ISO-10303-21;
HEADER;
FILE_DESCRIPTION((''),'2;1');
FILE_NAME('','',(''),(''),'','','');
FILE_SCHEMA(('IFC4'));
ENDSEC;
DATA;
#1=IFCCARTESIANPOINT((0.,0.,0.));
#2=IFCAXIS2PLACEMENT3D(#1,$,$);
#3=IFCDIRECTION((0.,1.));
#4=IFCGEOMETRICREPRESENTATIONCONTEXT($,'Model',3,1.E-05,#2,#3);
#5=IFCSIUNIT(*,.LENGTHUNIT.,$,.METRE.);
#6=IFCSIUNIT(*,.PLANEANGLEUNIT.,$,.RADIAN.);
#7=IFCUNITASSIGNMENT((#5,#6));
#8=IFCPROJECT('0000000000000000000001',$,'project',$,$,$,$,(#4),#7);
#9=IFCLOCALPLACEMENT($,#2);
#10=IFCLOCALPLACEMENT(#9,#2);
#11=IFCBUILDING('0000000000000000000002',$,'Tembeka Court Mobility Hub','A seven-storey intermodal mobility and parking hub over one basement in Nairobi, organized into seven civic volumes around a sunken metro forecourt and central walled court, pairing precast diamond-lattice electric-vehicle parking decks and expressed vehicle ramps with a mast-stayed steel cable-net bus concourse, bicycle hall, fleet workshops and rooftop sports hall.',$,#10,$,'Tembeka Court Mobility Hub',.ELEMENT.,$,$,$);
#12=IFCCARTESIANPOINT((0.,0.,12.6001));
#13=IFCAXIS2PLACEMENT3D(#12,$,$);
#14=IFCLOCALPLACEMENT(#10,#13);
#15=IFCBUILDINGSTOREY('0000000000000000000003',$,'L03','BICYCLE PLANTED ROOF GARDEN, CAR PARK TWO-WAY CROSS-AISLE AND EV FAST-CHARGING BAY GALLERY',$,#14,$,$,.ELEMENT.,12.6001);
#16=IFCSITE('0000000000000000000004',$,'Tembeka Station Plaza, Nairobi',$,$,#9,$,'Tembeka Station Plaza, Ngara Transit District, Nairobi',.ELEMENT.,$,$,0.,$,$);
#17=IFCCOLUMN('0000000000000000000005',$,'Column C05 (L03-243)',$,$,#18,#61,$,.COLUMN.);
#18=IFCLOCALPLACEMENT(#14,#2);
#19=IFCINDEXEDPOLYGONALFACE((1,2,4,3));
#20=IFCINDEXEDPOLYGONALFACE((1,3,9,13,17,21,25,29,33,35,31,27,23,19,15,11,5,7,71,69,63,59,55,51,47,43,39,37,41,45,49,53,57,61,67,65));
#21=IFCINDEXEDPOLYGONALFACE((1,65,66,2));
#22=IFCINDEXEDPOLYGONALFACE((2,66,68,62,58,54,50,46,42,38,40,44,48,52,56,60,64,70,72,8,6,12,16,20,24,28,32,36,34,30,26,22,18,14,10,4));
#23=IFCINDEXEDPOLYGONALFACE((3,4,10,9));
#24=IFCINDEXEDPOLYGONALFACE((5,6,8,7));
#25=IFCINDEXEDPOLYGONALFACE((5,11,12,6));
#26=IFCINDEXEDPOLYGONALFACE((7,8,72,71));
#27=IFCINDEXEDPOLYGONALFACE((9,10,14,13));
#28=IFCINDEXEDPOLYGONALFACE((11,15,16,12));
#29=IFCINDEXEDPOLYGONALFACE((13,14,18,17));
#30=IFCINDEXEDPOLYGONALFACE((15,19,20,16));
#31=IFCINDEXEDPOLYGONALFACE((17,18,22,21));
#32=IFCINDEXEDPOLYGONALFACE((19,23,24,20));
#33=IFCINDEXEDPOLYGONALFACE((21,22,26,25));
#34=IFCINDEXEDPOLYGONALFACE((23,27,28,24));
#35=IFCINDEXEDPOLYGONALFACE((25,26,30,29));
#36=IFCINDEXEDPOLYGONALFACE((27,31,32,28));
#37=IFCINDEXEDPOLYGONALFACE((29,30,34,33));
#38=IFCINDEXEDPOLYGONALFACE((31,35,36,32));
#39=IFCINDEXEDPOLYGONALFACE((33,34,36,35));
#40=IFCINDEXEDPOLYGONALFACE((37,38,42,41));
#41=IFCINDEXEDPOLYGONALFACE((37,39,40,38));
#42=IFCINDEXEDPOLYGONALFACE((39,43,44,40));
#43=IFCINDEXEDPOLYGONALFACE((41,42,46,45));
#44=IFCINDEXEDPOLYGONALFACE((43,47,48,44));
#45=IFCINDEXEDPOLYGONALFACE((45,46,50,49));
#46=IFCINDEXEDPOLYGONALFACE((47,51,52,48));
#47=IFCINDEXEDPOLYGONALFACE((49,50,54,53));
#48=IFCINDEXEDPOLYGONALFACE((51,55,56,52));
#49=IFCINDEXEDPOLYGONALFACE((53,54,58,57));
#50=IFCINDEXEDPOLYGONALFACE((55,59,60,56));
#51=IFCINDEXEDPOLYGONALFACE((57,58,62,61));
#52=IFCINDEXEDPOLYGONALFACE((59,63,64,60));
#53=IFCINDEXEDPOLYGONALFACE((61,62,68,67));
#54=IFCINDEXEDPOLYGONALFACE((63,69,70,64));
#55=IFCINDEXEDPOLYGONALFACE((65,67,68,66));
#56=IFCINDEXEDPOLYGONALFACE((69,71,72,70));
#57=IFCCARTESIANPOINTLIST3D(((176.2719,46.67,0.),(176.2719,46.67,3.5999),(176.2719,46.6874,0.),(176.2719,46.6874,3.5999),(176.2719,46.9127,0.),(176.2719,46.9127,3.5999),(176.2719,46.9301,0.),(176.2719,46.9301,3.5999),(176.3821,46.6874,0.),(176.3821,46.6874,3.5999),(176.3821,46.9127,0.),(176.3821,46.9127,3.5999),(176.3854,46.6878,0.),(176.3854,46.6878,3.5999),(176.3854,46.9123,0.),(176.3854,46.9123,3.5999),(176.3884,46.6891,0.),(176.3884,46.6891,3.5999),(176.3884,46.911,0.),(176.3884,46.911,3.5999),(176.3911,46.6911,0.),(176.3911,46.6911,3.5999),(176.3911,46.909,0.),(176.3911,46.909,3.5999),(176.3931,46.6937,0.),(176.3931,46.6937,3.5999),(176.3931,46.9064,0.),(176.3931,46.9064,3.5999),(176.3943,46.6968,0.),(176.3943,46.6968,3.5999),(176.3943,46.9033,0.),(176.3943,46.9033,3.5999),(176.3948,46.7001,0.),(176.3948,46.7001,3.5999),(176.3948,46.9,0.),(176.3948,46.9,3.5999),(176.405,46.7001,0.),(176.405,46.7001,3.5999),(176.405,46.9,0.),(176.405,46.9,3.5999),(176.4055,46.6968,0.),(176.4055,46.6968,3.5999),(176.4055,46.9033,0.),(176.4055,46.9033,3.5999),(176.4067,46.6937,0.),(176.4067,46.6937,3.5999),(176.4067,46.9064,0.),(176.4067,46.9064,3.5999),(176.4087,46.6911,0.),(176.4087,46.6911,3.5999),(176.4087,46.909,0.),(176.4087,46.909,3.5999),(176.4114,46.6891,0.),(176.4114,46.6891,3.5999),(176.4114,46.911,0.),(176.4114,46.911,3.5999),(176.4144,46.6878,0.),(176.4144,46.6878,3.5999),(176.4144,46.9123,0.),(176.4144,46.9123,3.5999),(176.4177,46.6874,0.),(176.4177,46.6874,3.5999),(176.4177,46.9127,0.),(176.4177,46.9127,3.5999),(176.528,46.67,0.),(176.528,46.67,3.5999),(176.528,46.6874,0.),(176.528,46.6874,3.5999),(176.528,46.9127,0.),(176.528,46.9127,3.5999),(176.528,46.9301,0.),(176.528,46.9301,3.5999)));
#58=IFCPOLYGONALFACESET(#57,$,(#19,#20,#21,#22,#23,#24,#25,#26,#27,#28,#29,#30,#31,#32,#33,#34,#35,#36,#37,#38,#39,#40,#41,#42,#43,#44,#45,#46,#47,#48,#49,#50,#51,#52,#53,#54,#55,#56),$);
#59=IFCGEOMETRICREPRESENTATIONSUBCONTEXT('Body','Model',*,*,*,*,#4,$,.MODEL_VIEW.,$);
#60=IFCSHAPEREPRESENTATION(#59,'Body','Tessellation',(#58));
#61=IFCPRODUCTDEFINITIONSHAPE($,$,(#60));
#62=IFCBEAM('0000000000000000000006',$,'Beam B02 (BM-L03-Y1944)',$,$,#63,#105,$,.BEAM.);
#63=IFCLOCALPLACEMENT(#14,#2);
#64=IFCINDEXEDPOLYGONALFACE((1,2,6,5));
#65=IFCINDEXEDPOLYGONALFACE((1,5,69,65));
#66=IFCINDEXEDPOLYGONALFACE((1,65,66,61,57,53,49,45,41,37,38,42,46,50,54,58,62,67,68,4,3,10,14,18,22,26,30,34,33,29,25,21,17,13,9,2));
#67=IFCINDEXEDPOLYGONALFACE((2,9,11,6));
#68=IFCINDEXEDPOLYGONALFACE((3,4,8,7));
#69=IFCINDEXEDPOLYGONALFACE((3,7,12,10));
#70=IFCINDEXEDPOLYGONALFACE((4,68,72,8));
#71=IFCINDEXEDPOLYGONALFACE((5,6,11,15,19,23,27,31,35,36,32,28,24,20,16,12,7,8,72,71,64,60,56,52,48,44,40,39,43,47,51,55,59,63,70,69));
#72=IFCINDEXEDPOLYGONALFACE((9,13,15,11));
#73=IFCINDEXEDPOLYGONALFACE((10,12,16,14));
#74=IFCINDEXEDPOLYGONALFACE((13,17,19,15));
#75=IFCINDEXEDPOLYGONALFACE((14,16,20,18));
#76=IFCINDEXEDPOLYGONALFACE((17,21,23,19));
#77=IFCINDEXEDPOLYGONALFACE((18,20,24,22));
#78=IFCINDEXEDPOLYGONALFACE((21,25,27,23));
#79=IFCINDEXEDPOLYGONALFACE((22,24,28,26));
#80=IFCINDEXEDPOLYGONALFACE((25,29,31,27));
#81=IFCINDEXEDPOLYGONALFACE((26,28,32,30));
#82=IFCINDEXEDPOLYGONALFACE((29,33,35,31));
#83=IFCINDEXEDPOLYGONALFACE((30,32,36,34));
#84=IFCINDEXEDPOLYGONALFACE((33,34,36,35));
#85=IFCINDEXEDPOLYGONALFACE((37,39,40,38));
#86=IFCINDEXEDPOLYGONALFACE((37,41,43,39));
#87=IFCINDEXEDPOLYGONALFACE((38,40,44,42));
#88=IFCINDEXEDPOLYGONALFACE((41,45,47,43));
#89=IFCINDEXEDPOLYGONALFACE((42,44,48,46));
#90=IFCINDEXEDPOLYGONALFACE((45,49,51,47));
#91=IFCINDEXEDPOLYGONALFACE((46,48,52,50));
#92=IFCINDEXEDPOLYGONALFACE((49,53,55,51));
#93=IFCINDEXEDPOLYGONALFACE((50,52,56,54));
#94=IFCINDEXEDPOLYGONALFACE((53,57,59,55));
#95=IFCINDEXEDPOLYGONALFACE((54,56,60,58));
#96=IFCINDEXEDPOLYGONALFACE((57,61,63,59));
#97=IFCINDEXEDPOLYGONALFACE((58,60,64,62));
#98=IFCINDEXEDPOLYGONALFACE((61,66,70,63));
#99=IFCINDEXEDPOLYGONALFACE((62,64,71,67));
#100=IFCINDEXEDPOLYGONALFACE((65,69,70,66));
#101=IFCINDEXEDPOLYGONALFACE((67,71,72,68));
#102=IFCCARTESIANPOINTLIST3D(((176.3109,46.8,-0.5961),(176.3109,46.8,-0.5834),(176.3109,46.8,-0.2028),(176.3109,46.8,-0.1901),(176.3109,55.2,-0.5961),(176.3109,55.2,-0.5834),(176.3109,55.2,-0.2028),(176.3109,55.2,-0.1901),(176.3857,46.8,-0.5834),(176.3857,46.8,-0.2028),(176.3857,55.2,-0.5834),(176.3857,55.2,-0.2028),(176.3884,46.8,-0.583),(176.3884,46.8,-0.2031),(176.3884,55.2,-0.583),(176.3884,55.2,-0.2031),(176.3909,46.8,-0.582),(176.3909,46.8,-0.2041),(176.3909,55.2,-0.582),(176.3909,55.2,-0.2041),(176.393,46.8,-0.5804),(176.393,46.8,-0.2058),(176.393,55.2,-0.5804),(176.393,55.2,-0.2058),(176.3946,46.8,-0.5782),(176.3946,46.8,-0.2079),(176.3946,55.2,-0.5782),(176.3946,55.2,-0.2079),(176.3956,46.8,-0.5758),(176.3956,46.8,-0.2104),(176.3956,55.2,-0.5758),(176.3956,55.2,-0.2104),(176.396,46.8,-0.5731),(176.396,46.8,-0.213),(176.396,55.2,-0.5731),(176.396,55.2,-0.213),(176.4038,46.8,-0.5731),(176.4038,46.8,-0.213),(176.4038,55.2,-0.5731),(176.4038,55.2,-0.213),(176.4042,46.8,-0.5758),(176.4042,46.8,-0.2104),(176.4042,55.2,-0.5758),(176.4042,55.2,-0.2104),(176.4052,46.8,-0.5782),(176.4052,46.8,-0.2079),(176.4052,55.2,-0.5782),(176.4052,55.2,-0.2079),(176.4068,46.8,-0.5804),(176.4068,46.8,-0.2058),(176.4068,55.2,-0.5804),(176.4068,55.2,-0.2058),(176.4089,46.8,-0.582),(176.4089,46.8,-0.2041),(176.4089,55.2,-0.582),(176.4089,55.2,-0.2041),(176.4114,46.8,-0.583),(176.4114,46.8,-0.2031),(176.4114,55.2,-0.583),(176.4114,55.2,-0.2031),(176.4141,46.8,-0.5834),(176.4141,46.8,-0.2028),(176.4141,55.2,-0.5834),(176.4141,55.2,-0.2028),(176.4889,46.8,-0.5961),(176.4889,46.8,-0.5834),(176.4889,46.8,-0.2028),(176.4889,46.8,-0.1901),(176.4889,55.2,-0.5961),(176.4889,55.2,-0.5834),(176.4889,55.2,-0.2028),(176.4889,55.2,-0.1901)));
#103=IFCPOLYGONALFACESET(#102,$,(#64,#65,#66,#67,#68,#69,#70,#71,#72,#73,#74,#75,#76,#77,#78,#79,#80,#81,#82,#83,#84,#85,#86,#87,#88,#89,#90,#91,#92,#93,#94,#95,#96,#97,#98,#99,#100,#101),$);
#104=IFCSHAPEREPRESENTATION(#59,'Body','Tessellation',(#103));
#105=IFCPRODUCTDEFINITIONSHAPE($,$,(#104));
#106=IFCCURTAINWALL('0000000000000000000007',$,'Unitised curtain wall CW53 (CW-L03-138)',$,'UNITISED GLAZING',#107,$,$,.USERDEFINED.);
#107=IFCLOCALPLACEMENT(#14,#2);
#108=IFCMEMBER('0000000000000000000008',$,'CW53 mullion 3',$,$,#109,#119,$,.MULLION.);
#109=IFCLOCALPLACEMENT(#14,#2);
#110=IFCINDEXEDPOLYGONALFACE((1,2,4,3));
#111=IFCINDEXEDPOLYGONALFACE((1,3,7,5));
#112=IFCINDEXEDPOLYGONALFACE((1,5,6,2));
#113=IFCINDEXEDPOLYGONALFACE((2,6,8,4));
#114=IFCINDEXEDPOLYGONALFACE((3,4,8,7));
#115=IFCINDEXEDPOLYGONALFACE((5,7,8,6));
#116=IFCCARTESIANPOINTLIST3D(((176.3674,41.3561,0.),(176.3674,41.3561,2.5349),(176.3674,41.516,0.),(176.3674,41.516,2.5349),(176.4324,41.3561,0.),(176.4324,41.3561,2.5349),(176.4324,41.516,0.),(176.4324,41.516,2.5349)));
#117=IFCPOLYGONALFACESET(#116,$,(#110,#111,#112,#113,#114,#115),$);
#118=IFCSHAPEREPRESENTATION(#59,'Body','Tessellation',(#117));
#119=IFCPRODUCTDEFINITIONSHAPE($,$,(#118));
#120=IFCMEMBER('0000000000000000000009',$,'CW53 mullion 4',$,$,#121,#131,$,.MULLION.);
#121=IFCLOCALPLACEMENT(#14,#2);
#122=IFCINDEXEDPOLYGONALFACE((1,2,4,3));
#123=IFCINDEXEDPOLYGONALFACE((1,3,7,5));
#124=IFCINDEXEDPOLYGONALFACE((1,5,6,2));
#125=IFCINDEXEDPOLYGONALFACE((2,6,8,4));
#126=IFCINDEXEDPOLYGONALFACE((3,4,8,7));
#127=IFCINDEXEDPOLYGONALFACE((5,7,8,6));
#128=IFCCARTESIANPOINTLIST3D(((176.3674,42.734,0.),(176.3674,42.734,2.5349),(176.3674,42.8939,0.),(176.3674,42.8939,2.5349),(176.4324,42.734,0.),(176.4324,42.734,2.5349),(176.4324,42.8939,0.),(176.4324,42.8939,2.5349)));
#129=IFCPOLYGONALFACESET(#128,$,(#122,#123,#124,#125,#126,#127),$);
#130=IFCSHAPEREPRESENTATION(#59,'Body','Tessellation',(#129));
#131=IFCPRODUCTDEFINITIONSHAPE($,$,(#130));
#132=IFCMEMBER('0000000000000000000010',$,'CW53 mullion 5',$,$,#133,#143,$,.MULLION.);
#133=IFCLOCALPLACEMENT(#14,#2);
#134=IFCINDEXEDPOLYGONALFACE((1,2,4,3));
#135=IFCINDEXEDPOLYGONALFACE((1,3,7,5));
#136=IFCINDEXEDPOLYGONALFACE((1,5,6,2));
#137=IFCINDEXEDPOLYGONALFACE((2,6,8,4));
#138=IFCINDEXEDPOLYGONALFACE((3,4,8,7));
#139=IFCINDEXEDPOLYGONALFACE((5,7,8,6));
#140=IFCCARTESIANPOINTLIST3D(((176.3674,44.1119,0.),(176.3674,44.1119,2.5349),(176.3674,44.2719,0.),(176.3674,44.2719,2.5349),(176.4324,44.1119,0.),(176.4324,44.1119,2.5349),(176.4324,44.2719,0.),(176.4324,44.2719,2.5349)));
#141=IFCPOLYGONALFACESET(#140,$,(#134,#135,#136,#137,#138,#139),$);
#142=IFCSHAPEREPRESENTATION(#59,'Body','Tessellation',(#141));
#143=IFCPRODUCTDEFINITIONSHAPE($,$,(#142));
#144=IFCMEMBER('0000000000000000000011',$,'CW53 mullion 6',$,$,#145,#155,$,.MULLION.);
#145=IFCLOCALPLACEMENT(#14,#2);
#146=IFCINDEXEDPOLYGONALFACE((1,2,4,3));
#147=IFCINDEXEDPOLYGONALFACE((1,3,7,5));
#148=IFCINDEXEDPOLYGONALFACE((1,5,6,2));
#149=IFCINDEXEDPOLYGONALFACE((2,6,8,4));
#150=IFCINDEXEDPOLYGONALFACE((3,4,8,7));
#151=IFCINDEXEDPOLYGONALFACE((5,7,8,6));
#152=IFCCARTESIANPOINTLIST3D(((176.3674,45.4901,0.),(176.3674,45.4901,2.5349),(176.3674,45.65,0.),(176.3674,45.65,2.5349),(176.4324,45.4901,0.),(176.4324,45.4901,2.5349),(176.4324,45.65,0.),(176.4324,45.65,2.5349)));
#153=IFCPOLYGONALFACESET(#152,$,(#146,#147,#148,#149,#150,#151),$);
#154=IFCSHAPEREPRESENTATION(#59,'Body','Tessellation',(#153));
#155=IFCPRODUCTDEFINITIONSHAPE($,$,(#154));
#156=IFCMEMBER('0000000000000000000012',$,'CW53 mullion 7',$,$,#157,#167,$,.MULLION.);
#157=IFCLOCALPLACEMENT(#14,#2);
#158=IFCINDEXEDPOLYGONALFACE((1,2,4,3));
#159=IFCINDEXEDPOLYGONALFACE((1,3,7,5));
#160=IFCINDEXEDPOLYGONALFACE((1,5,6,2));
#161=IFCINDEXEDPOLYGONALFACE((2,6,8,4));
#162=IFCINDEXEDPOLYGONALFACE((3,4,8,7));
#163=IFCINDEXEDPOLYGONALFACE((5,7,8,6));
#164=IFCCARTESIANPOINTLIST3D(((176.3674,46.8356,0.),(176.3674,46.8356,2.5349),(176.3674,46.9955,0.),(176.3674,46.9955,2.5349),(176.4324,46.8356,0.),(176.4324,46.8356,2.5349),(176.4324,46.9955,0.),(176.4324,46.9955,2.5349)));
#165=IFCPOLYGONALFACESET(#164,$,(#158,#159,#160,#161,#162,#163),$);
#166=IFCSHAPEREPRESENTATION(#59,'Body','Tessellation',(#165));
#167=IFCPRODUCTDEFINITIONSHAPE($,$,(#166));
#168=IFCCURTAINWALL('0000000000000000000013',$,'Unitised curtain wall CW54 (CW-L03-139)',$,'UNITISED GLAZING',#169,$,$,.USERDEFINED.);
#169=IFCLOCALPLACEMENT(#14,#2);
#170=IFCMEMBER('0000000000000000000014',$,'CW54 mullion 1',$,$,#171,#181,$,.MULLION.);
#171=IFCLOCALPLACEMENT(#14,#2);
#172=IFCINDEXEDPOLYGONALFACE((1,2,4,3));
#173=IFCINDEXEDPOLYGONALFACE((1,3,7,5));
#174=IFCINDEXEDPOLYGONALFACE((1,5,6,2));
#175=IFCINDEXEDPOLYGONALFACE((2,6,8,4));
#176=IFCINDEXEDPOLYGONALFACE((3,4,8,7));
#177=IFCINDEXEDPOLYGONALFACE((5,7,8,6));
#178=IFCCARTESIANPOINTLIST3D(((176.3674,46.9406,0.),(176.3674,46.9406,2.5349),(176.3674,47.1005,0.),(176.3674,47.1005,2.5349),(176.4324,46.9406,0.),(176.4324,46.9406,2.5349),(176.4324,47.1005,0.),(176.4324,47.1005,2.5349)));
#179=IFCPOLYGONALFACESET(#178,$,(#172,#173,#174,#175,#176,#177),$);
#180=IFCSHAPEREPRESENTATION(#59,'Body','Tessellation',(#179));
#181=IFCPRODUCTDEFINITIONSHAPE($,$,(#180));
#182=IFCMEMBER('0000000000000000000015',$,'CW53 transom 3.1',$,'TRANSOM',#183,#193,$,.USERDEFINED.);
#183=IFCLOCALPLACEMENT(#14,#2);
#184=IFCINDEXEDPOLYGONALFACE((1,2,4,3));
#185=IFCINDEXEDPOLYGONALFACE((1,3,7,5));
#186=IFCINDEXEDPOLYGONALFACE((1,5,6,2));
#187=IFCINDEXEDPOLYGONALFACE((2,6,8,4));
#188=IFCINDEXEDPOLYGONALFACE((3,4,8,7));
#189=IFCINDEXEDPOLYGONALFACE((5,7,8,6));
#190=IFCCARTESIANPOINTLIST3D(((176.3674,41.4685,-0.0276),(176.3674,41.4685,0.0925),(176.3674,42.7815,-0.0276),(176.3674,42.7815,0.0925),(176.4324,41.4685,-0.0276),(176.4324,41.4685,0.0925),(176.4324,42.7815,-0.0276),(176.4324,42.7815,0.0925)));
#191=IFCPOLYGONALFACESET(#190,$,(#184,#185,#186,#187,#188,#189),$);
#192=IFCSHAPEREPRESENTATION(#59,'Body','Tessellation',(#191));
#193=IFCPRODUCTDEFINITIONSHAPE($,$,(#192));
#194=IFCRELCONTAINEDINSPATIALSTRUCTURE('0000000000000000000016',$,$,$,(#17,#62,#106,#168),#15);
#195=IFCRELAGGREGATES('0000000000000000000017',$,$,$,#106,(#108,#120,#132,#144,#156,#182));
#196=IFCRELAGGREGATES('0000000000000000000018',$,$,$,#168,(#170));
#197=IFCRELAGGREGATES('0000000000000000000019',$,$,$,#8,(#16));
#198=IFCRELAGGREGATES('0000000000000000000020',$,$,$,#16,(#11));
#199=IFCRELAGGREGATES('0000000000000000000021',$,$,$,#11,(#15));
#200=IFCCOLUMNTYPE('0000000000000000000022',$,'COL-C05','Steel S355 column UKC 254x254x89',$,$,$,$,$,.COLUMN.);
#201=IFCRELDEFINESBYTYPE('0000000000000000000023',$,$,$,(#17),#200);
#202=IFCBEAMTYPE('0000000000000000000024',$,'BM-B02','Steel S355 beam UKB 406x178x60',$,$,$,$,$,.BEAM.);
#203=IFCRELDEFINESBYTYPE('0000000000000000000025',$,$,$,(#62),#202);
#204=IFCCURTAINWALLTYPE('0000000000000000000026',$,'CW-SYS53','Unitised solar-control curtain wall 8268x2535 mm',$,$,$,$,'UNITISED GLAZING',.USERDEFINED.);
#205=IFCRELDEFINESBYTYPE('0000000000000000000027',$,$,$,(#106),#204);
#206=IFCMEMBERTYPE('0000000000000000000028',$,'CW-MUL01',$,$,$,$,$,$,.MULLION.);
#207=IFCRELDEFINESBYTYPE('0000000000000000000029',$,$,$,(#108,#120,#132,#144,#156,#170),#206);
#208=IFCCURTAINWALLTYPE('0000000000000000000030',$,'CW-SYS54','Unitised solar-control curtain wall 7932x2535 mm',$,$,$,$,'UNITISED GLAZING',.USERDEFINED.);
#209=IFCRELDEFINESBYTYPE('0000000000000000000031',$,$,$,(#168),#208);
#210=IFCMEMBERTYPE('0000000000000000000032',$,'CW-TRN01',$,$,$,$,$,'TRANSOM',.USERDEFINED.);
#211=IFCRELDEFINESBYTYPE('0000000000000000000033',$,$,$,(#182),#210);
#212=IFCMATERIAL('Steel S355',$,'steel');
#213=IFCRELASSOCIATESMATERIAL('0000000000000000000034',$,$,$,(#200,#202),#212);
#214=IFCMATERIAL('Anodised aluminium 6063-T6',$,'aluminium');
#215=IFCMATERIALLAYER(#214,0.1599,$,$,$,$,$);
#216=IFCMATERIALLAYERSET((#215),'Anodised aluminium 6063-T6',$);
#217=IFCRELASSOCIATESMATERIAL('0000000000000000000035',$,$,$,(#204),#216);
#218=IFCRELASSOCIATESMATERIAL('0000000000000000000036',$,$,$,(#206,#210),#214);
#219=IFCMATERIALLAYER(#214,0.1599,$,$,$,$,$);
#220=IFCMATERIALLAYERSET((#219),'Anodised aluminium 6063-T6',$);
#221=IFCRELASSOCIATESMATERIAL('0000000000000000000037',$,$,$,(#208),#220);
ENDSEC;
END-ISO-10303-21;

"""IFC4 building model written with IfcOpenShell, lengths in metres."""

from ifc_helpers import new_model, si_unit, direction, frame, origin, origin_2d, place, context, subcontext, project, spatial, rectangle, i_section, extrude, material, layer, layer_set, material_profile, profile_set, type_object, element, aggregate, save


model = new_model("IFC4")

# Units and contexts
model_context = context("Model", 3, precision=1e-05, world=origin(), true_north=direction((0.0, 1.0)))
body_context = subcontext(model_context, "Body", "Model", "MODEL_VIEW")
ifc_project = project(units=[si_unit("LENGTHUNIT", "METRE"), si_unit("PLANEANGLEUNIT", "RADIAN")], contexts=[model_context])

# Site, building, storey
site_placement = place(None, origin())
site = spatial("IfcSite", under=ifc_project, at=site_placement, Name="Tembeka Station Plaza, Nairobi", LongName="Tembeka Station Plaza, Ngara Transit District, Nairobi", CompositionType="ELEMENT", RefElevation=0.0)
building_placement = place(site_placement, origin())
building = spatial("IfcBuilding", under=site, at=building_placement, Name="Tembeka Court Mobility Hub", Description="A seven-storey intermodal mobility and parking hub over one basement in Nairobi, organized into seven civic volumes around a sunken metro forecourt and central walled court, pairing precast diamond-lattice electric-vehicle parking decks and expressed vehicle ramps with a mast-stayed steel cable-net bus concourse, bicycle hall, fleet workshops and rooftop sports hall.", LongName="Tembeka Court Mobility Hub", CompositionType="ELEMENT")
storey_placement = place(building_placement, frame((0.0, 0.0, 12.6001)))
storey = spatial("IfcBuildingStorey", under=building, at=storey_placement, Name="L03", Description="BICYCLE PLANTED ROOF GARDEN, CAR PARK TWO-WAY CROSS-AISLE AND EV FAST-CHARGING BAY GALLERY", CompositionType="ELEMENT", Elevation=12.6001)

# Column
ifc_material_1 = material(Name="Steel S355", Category="steel")
ifc_material_profile_1 = material_profile(ifc_material_1, i_section(OverallWidth=0.2561, OverallDepth=0.26, WebThickness=0.0103, FlangeThickness=0.0173, FilletRadius=0.0127, at=origin_2d()), Name="UKC 254x254x89")
ifc_profile_set_1 = profile_set([ifc_material_profile_1], Name="Steel S355")
column_type = type_object("IfcColumnType", Name="COL-C05", Description="Steel S355 column UKC 254x254x89", PredefinedType="COLUMN", material=ifc_profile_set_1)
column_placement = place(storey_placement, frame((176.3999, 46.8, 0.0), z_axis=(0.0, 0.0, 1.0), x_axis=(1.0, 0.0, 0.0)))
element("IfcColumn", 1, at=column_placement, inside=storey, type_object=column_type, Name="Column C05 (L03-243)", PredefinedType="COLUMN", context=body_context, shape_type="SweptSolid", body=[
    extrude(i_section(OverallWidth=0.2561, OverallDepth=0.26, WebThickness=0.0103, FlangeThickness=0.0173, FilletRadius=0.0127, at=origin_2d()), origin(), (0.0, 0.0, 1.0), 3.5999),
])

# Beam
ifc_material_profile_2 = material_profile(ifc_material_1, i_section(OverallWidth=0.178, OverallDepth=0.406, WebThickness=0.0078, FlangeThickness=0.0127, FilletRadius=0.0103, at=origin_2d()), Name="UKB 406x178x60")
ifc_profile_set_2 = profile_set([ifc_material_profile_2], Name="Steel S355")
beam_type = type_object("IfcBeamType", Name="BM-B02", Description="Steel S355 beam UKB 406x178x60", PredefinedType="BEAM", material=ifc_profile_set_2)
beam_placement = place(storey_placement, frame((176.3999, 46.8, -0.3931), z_axis=(0.0, 1.0, 0.0), x_axis=(-1.0, 0.0, 0.0)))
element("IfcBeam", 2, at=beam_placement, inside=storey, type_object=beam_type, Name="Beam B02 (BM-L03-Y1944)", PredefinedType="BEAM", context=body_context, shape_type="SweptSolid", body=[
    extrude(i_section(OverallWidth=0.178, OverallDepth=0.406, WebThickness=0.0078, FlangeThickness=0.0127, FilletRadius=0.0103, at=origin_2d()), origin(), (0.0, 0.0, 1.0), 8.3999),
])

# Curtain wall, members
ifc_material_2 = material(Name="Anodised aluminium 6063-T6", Category="aluminium")
ifc_layer_1 = layer(ifc_material_2, 0.1599)
ifc_layer_set_1 = layer_set([ifc_layer_1], Name="Anodised aluminium 6063-T6")
curtain_wall_type_1 = type_object("IfcCurtainWallType", Name="CW-SYS53", Description="Unitised solar-control curtain wall 8268x2535 mm", ElementType="UNITISED GLAZING", PredefinedType="USERDEFINED", material=ifc_layer_set_1)
curtain_wall_1_placement = place(storey_placement, origin())
curtain_wall_1 = element("IfcCurtainWall", 3, at=curtain_wall_1_placement, inside=storey, type_object=curtain_wall_type_1, Name="Unitised curtain wall CW53 (CW-L03-138)", ObjectType="UNITISED GLAZING", PredefinedType="USERDEFINED")
ifc_material_profile_3 = material_profile(ifc_material_2, rectangle(XDim=0.0649, YDim=0.1599, at=origin_2d()), Name="ALU-MUL 65x160")
ifc_profile_set_3 = profile_set([ifc_material_profile_3], Name="Anodised aluminium 6063-T6")
member_type_1 = type_object("IfcMemberType", Name="CW-MUL01", PredefinedType="MULLION", material=ifc_profile_set_3)
member_1_placement = place(storey_placement, frame((176.3999, 41.436, 0.0), z_axis=(0.0, 0.0, 1.0), x_axis=(-1.0, 0.0, 0.0)))
member_1 = element("IfcMember", 4, at=member_1_placement, type_object=member_type_1, Name="CW53 mullion 3", PredefinedType="MULLION", context=body_context, shape_type="SweptSolid", body=[
    extrude(rectangle(XDim=0.0649, YDim=0.1599, at=origin_2d()), origin(), (0.0, 0.0, 1.0), 2.5349),
])
member_2_placement = place(storey_placement, frame((176.3999, 42.814, 0.0), z_axis=(0.0, 0.0, 1.0), x_axis=(-1.0, 0.0, 0.0)))
member_2 = element("IfcMember", 5, at=member_2_placement, type_object=member_type_1, Name="CW53 mullion 4", PredefinedType="MULLION", context=body_context, shape_type="SweptSolid", body=[
    extrude(rectangle(XDim=0.0649, YDim=0.1599, at=origin_2d()), origin(), (0.0, 0.0, 1.0), 2.5349),
])
member_3_placement = place(storey_placement, frame((176.3999, 44.1919, 0.0), z_axis=(0.0, 0.0, 1.0), x_axis=(-1.0, 0.0, 0.0)))
member_3 = element("IfcMember", 6, at=member_3_placement, type_object=member_type_1, Name="CW53 mullion 5", PredefinedType="MULLION", context=body_context, shape_type="SweptSolid", body=[
    extrude(rectangle(XDim=0.0649, YDim=0.1599, at=origin_2d()), origin(), (0.0, 0.0, 1.0), 2.5349),
])
member_4_placement = place(storey_placement, frame((176.3999, 45.5701, 0.0), z_axis=(0.0, 0.0, 1.0), x_axis=(-1.0, 0.0, 0.0)))
member_4 = element("IfcMember", 7, at=member_4_placement, type_object=member_type_1, Name="CW53 mullion 6", PredefinedType="MULLION", context=body_context, shape_type="SweptSolid", body=[
    extrude(rectangle(XDim=0.0649, YDim=0.1599, at=origin_2d()), origin(), (0.0, 0.0, 1.0), 2.5349),
])
member_5_placement = place(storey_placement, frame((176.3999, 46.9155, 0.0), z_axis=(0.0, 0.0, 1.0), x_axis=(-1.0, 0.0, 0.0)))
member_5 = element("IfcMember", 8, at=member_5_placement, type_object=member_type_1, Name="CW53 mullion 7", PredefinedType="MULLION", context=body_context, shape_type="SweptSolid", body=[
    extrude(rectangle(XDim=0.0649, YDim=0.1599, at=origin_2d()), origin(), (0.0, 0.0, 1.0), 2.5349),
])

# Curtain wall, member
ifc_layer_2 = layer(ifc_material_2, 0.1599)
ifc_layer_set_2 = layer_set([ifc_layer_2], Name="Anodised aluminium 6063-T6")
curtain_wall_type_2 = type_object("IfcCurtainWallType", Name="CW-SYS54", Description="Unitised solar-control curtain wall 7932x2535 mm", ElementType="UNITISED GLAZING", PredefinedType="USERDEFINED", material=ifc_layer_set_2)
curtain_wall_2_placement = place(storey_placement, origin())
curtain_wall_2 = element("IfcCurtainWall", 9, at=curtain_wall_2_placement, inside=storey, type_object=curtain_wall_type_2, Name="Unitised curtain wall CW54 (CW-L03-139)", ObjectType="UNITISED GLAZING", PredefinedType="USERDEFINED")
member_6_placement = place(storey_placement, frame((176.3999, 47.0205, 0.0), z_axis=(0.0, 0.0, 1.0), x_axis=(-1.0, 0.0, 0.0)))
member_6 = element("IfcMember", 10, at=member_6_placement, type_object=member_type_1, Name="CW54 mullion 1", PredefinedType="MULLION", context=body_context, shape_type="SweptSolid", body=[
    extrude(rectangle(XDim=0.0649, YDim=0.1599, at=origin_2d()), origin(), (0.0, 0.0, 1.0), 2.5349),
])

# Member
ifc_material_profile_4 = material_profile(ifc_material_2, rectangle(XDim=0.0649, YDim=0.1201, at=origin_2d()), Name="ALU-TRN 65x120")
ifc_profile_set_4 = profile_set([ifc_material_profile_4], Name="Anodised aluminium 6063-T6")
member_type_2 = type_object("IfcMemberType", Name="CW-TRN01", ElementType="TRANSOM", PredefinedType="USERDEFINED", material=ifc_profile_set_4)
member_7_placement = place(storey_placement, frame((176.3999, 41.4685, 0.0325), z_axis=(0.0, 1.0, 0.0), x_axis=(-1.0, 0.0, 0.0)))
member_7 = element("IfcMember", 11, at=member_7_placement, type_object=member_type_2, Name="CW53 transom 3.1", ObjectType="TRANSOM", PredefinedType="USERDEFINED", context=body_context, shape_type="SweptSolid", body=[
    extrude(rectangle(XDim=0.0649, YDim=0.1201, at=origin_2d()), origin(), (0.0, 0.0, 1.0), 1.313),
])

aggregate(curtain_wall_1, [member_1, member_2, member_3, member_4, member_5, member_7])
aggregate(curtain_wall_2, [member_6])

save(model, "model.ifc")
